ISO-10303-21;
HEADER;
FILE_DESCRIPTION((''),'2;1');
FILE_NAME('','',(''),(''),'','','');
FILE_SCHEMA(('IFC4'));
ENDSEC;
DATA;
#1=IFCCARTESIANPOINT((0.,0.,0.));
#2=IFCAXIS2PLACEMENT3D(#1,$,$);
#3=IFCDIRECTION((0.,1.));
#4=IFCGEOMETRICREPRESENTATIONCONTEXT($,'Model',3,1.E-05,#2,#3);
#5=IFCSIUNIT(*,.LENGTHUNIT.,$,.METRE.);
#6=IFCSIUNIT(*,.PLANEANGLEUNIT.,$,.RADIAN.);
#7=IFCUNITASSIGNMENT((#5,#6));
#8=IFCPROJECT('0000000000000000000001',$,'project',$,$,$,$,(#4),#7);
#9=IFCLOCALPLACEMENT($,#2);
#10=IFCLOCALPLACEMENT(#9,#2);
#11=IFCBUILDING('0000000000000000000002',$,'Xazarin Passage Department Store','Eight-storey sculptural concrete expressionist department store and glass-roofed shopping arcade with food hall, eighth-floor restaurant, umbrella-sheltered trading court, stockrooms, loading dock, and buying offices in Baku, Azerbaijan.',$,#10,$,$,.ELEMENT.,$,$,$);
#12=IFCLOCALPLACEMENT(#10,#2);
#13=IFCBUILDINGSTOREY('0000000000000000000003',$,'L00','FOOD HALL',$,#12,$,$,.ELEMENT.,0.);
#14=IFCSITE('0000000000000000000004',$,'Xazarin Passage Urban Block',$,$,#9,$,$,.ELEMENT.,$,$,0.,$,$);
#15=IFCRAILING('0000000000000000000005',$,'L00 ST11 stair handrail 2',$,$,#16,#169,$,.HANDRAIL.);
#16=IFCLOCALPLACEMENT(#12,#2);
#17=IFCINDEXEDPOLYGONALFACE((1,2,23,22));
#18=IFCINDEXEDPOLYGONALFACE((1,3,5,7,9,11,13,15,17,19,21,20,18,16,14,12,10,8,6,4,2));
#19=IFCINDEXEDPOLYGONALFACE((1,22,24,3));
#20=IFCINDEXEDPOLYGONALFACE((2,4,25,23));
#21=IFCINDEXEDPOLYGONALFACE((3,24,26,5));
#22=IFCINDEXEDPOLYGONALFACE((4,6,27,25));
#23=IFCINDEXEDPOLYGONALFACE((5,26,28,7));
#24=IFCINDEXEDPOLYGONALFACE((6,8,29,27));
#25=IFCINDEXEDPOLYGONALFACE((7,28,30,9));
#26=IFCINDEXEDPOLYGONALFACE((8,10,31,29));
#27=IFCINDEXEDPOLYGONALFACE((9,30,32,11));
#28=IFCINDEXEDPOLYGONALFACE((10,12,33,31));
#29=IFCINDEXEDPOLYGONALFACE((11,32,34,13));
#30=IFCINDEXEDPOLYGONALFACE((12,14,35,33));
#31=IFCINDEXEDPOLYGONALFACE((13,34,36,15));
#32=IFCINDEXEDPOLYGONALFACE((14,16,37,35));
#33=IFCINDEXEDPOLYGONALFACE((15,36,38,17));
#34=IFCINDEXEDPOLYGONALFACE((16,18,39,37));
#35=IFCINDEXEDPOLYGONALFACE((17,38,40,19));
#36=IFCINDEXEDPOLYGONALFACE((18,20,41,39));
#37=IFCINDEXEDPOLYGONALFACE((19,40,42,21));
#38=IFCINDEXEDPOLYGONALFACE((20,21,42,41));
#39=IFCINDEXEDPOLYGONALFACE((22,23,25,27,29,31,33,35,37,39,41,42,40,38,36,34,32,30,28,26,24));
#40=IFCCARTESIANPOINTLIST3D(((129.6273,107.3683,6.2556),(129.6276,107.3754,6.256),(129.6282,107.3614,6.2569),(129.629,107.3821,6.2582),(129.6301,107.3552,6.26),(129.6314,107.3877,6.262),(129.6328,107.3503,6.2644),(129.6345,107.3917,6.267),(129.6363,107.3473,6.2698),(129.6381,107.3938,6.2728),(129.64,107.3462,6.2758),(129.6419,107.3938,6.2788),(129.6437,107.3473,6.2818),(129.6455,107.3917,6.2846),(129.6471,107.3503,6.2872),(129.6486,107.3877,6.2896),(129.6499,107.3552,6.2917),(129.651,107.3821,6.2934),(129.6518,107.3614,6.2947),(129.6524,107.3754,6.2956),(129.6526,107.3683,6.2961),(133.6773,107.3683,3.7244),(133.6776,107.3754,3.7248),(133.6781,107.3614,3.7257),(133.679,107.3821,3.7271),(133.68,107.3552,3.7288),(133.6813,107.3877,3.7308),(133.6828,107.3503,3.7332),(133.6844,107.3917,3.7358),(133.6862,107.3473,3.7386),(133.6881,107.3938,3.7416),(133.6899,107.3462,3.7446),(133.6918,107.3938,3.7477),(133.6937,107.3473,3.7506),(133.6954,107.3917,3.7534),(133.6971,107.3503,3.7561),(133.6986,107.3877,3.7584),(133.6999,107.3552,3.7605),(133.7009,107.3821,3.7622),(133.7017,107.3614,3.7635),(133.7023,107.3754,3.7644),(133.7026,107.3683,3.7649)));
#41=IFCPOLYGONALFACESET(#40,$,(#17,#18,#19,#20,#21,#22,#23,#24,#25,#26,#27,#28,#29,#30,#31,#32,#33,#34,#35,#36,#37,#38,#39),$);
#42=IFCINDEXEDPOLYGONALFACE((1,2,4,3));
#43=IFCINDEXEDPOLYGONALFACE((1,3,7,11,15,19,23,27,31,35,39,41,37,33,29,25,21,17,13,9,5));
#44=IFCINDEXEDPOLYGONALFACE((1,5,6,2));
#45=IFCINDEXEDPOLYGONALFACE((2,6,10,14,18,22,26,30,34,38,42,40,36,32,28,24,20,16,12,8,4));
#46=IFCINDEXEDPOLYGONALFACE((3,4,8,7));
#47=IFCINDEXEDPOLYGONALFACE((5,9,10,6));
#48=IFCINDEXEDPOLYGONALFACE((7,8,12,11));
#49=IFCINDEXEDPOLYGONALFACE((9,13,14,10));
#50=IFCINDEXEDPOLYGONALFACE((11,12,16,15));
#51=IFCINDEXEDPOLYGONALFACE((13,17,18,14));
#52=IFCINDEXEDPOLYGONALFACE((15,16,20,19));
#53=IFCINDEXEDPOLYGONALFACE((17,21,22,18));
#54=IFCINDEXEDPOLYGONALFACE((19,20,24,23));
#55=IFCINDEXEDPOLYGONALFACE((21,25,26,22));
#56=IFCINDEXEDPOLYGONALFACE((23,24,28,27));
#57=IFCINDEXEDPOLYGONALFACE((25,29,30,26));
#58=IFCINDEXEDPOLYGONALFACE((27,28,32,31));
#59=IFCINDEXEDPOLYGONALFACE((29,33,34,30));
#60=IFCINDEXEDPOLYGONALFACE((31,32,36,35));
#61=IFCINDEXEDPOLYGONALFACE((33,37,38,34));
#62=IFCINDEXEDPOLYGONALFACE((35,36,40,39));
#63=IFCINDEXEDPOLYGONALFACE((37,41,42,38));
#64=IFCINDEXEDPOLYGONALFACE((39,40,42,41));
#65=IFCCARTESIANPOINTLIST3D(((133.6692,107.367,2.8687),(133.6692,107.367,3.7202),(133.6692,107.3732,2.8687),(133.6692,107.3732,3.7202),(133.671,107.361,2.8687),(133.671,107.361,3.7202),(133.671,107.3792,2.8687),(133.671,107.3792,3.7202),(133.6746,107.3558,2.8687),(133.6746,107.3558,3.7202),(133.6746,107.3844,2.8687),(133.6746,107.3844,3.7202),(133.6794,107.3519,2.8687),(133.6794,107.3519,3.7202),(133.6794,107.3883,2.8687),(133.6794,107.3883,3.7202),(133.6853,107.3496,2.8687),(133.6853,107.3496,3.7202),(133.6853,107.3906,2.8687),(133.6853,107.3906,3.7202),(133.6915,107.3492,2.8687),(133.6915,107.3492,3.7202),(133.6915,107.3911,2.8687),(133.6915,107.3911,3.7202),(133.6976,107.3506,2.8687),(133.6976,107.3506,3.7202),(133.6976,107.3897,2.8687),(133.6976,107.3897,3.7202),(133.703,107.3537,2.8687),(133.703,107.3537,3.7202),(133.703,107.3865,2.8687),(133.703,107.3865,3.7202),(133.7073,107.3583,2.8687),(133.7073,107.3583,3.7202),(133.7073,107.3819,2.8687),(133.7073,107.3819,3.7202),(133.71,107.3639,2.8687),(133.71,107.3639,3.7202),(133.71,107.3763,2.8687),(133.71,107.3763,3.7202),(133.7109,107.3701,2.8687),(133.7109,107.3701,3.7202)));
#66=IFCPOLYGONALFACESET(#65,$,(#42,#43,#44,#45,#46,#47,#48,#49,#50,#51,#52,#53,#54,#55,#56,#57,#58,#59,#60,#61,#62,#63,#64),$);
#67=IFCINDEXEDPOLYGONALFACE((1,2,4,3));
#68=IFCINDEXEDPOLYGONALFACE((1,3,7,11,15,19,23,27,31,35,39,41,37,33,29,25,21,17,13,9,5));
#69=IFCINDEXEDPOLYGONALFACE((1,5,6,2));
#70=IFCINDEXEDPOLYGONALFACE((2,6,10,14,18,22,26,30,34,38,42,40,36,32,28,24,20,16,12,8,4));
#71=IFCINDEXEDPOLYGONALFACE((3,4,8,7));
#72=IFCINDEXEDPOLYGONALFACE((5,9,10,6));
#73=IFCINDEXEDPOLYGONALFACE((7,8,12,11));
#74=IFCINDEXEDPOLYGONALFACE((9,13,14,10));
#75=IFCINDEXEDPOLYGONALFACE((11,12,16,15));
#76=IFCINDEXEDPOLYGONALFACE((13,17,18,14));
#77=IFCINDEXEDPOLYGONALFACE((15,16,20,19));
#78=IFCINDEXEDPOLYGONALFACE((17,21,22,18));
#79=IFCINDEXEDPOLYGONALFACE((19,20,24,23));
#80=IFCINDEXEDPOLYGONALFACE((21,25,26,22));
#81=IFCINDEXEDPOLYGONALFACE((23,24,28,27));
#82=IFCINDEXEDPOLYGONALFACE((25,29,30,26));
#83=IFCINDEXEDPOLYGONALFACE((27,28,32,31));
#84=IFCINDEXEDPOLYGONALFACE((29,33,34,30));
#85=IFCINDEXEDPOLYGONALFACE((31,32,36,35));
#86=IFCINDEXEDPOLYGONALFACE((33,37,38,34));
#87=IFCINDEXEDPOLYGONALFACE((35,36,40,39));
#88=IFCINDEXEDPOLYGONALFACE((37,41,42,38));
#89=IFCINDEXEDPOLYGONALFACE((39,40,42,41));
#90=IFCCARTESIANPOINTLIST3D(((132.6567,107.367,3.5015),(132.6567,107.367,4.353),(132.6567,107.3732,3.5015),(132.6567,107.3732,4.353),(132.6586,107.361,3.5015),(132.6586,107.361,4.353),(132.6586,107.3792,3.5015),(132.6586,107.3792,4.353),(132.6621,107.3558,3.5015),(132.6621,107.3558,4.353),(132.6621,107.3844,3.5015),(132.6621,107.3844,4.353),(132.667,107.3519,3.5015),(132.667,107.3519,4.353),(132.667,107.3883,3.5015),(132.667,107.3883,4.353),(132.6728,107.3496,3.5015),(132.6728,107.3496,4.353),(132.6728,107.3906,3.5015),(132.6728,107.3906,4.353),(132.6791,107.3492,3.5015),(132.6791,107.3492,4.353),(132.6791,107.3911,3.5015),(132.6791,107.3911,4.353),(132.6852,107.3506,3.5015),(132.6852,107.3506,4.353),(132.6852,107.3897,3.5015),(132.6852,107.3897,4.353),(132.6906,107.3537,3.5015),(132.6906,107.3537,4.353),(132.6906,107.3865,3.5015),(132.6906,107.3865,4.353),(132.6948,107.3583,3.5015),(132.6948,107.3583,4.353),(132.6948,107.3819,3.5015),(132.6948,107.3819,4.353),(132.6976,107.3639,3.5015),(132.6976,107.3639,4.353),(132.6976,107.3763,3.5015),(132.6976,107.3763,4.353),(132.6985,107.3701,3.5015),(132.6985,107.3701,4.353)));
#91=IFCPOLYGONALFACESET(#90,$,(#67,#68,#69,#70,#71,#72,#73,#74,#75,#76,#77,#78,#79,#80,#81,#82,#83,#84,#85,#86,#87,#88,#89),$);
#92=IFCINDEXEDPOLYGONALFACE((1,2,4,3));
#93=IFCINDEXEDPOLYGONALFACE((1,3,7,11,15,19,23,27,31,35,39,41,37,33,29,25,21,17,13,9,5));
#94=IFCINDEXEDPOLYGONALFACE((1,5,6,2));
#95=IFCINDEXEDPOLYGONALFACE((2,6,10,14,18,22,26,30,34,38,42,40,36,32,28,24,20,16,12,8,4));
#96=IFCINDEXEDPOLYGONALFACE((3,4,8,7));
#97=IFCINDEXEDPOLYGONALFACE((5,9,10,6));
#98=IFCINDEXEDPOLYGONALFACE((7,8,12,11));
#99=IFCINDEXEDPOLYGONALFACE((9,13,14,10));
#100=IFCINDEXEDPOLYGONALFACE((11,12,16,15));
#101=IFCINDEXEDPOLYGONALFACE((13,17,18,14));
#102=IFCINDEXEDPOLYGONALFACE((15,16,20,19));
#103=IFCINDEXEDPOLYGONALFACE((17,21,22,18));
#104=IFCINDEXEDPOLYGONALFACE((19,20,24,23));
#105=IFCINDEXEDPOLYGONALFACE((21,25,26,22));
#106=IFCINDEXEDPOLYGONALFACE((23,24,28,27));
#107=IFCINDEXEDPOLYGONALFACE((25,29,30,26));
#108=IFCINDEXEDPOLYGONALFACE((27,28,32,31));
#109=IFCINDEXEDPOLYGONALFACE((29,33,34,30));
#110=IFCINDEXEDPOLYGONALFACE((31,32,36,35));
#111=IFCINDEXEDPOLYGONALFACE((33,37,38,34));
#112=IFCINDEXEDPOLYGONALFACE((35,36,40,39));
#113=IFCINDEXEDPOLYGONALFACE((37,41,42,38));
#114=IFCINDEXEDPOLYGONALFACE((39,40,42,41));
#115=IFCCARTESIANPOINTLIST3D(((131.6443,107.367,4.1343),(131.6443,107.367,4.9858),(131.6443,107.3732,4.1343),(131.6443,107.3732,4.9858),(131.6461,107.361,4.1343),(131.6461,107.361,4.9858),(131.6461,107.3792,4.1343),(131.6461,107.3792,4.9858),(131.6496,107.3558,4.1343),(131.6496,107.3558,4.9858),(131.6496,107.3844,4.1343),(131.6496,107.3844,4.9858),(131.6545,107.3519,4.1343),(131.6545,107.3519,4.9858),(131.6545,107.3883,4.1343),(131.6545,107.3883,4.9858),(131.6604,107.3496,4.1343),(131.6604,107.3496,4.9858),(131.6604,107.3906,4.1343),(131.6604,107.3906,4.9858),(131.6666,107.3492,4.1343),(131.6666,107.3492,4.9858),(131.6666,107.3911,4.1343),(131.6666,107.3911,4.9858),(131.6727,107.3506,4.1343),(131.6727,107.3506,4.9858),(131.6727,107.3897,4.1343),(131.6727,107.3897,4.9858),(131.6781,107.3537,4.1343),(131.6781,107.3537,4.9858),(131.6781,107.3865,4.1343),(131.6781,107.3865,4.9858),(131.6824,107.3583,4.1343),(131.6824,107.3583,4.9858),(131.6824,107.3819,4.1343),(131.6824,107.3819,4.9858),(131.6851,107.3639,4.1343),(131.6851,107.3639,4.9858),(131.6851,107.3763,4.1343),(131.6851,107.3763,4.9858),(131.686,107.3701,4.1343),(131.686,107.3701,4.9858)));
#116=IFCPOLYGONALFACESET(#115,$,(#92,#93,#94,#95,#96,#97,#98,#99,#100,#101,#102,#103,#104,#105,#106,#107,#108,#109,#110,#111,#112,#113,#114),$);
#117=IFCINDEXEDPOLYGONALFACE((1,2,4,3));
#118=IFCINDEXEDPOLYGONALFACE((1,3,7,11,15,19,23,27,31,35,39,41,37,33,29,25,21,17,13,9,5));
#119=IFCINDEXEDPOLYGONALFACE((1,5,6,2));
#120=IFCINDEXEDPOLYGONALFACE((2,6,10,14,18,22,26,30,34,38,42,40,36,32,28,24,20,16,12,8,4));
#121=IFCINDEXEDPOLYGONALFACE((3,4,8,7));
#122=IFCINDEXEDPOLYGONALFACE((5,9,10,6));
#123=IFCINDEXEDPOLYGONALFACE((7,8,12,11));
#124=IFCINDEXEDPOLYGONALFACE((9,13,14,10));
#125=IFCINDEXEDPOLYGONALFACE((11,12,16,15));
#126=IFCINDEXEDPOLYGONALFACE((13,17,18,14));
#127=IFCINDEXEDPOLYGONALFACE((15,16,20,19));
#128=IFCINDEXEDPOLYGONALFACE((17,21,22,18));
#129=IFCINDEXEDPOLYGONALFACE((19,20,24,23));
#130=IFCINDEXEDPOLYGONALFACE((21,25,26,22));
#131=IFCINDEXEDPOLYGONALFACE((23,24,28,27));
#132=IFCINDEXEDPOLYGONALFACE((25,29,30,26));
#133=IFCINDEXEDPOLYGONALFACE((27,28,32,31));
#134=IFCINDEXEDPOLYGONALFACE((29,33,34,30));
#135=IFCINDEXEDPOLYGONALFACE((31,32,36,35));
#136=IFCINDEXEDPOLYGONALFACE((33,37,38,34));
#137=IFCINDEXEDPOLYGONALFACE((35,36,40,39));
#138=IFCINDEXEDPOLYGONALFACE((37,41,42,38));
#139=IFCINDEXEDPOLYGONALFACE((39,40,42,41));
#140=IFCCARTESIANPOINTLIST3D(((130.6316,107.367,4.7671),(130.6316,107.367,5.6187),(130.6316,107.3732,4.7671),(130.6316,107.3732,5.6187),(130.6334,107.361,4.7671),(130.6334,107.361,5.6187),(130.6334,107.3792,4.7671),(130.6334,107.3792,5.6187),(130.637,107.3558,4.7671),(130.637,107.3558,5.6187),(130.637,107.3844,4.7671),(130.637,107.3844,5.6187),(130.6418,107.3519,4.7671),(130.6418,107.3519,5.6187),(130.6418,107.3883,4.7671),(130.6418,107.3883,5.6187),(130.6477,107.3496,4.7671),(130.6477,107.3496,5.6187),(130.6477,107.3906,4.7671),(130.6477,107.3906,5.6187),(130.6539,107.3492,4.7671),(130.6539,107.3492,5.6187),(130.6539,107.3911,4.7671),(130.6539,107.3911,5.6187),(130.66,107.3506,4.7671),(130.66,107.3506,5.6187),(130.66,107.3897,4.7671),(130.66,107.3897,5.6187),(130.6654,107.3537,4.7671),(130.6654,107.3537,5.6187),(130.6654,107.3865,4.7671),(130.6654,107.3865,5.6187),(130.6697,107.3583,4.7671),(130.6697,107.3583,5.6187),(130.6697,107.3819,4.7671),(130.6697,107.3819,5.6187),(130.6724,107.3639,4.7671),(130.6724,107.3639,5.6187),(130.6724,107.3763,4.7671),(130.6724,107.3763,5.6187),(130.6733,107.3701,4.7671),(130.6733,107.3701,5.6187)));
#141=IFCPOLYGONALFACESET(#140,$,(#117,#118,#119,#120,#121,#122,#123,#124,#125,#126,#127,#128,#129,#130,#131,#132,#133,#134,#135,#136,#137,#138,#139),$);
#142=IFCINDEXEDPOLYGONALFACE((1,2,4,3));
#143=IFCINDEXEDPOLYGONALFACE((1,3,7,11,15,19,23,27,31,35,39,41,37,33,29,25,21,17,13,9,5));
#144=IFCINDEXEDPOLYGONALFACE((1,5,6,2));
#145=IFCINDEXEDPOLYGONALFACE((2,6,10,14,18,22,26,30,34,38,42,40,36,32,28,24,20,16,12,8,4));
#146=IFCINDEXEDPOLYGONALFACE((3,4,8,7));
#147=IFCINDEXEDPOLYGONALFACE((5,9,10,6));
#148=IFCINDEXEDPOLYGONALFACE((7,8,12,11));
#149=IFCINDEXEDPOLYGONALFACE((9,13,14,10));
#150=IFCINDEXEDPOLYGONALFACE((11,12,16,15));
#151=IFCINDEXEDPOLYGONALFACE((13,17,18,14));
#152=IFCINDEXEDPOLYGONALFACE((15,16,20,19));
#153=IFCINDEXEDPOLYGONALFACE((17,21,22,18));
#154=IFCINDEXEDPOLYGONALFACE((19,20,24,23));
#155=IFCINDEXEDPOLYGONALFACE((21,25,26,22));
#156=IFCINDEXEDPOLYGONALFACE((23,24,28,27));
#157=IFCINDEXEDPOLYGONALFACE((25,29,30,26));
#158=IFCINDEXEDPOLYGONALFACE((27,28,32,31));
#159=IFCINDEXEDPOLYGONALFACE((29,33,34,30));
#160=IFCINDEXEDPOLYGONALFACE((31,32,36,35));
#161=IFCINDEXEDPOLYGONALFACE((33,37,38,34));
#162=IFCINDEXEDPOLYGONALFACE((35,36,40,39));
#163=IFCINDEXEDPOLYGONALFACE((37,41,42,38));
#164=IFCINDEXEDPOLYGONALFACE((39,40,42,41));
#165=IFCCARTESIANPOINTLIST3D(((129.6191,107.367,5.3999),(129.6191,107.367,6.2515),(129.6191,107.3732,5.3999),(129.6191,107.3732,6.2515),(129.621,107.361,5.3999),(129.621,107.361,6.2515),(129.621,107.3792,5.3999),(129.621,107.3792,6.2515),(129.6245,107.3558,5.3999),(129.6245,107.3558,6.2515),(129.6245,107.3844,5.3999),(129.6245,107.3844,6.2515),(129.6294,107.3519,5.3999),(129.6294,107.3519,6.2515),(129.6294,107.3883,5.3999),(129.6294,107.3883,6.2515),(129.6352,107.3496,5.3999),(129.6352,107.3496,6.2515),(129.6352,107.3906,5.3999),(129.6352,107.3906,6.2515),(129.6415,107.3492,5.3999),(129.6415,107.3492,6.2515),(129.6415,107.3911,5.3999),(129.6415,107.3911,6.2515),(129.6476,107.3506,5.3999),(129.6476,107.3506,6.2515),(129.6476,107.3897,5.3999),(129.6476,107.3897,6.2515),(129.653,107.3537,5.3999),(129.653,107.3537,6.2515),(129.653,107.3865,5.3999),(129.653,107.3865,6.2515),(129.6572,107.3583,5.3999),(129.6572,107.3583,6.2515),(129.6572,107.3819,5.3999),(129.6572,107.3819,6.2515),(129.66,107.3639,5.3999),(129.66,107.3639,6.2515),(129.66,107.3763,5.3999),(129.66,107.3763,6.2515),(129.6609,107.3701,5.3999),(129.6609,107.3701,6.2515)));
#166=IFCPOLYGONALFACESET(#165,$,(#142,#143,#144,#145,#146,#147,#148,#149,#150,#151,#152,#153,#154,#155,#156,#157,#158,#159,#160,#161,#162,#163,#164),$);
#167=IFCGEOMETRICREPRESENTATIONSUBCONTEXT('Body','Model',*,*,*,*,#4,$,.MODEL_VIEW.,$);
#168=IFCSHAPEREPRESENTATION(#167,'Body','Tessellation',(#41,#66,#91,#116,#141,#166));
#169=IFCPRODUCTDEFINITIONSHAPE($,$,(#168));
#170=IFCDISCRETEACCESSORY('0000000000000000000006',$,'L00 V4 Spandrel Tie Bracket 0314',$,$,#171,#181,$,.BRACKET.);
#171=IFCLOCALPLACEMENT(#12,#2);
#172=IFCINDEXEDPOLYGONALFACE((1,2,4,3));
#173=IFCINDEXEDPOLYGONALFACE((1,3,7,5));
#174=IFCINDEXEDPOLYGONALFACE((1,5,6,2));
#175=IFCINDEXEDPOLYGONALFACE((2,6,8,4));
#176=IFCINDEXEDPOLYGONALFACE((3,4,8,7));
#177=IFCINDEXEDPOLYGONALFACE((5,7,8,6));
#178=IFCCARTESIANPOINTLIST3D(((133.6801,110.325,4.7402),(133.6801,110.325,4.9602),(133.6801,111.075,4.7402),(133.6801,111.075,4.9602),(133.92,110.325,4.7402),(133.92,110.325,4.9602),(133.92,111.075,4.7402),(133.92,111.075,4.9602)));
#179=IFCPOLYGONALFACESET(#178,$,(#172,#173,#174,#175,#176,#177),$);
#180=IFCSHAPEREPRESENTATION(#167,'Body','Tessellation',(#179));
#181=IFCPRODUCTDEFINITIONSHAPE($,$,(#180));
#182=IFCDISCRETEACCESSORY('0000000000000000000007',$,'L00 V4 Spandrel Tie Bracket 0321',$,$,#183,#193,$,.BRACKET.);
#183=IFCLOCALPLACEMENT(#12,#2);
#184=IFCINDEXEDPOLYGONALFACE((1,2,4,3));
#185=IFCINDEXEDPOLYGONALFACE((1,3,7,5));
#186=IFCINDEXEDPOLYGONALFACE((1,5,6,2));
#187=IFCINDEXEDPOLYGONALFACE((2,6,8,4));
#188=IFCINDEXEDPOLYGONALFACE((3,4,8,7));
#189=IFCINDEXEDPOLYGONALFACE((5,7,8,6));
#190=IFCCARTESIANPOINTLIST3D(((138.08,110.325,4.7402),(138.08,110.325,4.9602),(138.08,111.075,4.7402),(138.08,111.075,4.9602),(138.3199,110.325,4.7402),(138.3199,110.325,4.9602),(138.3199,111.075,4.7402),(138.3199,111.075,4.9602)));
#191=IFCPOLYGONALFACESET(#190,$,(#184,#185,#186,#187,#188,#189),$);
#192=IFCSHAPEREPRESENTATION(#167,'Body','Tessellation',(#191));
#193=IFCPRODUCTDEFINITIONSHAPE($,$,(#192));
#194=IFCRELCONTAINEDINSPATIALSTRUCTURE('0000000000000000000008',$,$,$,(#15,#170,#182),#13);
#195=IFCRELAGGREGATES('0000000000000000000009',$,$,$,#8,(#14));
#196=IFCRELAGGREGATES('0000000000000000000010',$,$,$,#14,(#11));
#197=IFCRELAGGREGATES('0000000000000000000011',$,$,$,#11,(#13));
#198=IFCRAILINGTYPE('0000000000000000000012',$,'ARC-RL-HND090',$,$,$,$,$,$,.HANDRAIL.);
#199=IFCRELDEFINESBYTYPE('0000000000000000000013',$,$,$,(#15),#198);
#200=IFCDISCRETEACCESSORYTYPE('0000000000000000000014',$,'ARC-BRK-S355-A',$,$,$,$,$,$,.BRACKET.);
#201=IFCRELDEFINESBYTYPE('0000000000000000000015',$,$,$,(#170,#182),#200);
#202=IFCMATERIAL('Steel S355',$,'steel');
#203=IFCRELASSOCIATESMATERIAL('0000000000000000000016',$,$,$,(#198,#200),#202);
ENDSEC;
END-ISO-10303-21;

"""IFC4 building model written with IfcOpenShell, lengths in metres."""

from ifc_helpers import new_model, si_unit, direction, frame, origin, origin_2d, place, context, subcontext, project, spatial, rectangle, circle, extrude, material, type_object, element, save


model = new_model("IFC4")

# Units and contexts
model_context = context("Model", 3, precision=1e-05, world=origin(), true_north=direction((0.0, 1.0)))
body_context = subcontext(model_context, "Body", "Model", "MODEL_VIEW")
ifc_project = project(units=[si_unit("LENGTHUNIT", "METRE"), si_unit("PLANEANGLEUNIT", "RADIAN")], contexts=[model_context])

# Site, building, storey
site_placement = place(None, origin())
site = spatial("IfcSite", under=ifc_project, at=site_placement, Name="Xazarin Passage Urban Block", CompositionType="ELEMENT", RefElevation=0.0)
building_placement = place(site_placement, origin())
building = spatial("IfcBuilding", under=site, at=building_placement, Name="Xazarin Passage Department Store", Description="Eight-storey sculptural concrete expressionist department store and glass-roofed shopping arcade with food hall, eighth-floor restaurant, umbrella-sheltered trading court, stockrooms, loading dock, and buying offices in Baku, Azerbaijan.", CompositionType="ELEMENT")
storey_placement = place(building_placement, origin())
storey = spatial("IfcBuildingStorey", under=building, at=storey_placement, Name="L00", Description="FOOD HALL", CompositionType="ELEMENT", Elevation=0.0)

# Railing
ifc_material_1 = material(Name="Steel S355", Category="steel")
railing_type_1 = type_object("IfcRailingType", Name="ARC-RL-HND090", PredefinedType="HANDRAIL", material=ifc_material_1)
railing_1_placement = place(storey_placement, frame((133.6899, 107.3701, 2.8687)))
element("IfcRailing", 1, at=railing_1_placement, inside=storey, type_object=railing_type_1, Name="L00 ST11 stair handrail 2", PredefinedType="HANDRAIL", context=body_context, shape_type="SweptSolid", body=[
    extrude(circle(Radius=0.0239, at=origin_2d()), frame((0.0, 0.0, 0.876), z_axis=(-0.848001, 0.0, 0.529994), x_axis=(0.0, -1.0, 0.0)), (0.0, 0.0, 1.0), 4.7759),
    extrude(circle(Radius=0.021, at=origin_2d()), origin(), (0.0, 0.0, 1.0), 0.8516),
    extrude(circle(Radius=0.021, at=origin_2d()), frame((-1.0125, 0.0, 0.6328)), (0.0, 0.0, 1.0), 0.8516),
    extrude(circle(Radius=0.021, at=origin_2d()), frame((-2.0249, 0.0, 1.2656)), (0.0, 0.0, 1.0), 0.8516),
    extrude(circle(Radius=0.021, at=origin_2d()), frame((-3.0376, 0.0, 1.8984)), (0.0, 0.0, 1.0), 0.8516),
    extrude(circle(Radius=0.021, at=origin_2d()), frame((-4.05, 0.0, 2.5312)), (0.0, 0.0, 1.0), 0.8516),
])

# Discrete accessories
discrete_accessory_type = type_object("IfcDiscreteAccessoryType", Name="ARC-BRK-S355-A", PredefinedType="BRACKET", material=ifc_material_1)
for number, where, z_axis, x_axis, name in (
    (2, (133.8, 110.7, 4.7402), (0.0, 0.0, 1.0), (1.0, 0.0, 0.0), "L00 V4 Spandrel Tie Bracket 0314"),
    (3, (138.2, 110.7, 4.7402), (0.0, 0.0, 1.0), (1.0, 0.0, 0.0), "L00 V4 Spandrel Tie Bracket 0321"),
):
    element("IfcDiscreteAccessory", number, at=place(storey_placement, frame(where, z_axis=z_axis, x_axis=x_axis)), inside=storey, type_object=discrete_accessory_type, Name=name, PredefinedType="BRACKET", context=body_context, shape_type="SweptSolid", body=[
        extrude(rectangle(XDim=0.24, YDim=0.75, at=origin_2d()), origin(), (0.0, 0.0, 1.0), 0.22),
    ])

save(model, "model.ifc")
